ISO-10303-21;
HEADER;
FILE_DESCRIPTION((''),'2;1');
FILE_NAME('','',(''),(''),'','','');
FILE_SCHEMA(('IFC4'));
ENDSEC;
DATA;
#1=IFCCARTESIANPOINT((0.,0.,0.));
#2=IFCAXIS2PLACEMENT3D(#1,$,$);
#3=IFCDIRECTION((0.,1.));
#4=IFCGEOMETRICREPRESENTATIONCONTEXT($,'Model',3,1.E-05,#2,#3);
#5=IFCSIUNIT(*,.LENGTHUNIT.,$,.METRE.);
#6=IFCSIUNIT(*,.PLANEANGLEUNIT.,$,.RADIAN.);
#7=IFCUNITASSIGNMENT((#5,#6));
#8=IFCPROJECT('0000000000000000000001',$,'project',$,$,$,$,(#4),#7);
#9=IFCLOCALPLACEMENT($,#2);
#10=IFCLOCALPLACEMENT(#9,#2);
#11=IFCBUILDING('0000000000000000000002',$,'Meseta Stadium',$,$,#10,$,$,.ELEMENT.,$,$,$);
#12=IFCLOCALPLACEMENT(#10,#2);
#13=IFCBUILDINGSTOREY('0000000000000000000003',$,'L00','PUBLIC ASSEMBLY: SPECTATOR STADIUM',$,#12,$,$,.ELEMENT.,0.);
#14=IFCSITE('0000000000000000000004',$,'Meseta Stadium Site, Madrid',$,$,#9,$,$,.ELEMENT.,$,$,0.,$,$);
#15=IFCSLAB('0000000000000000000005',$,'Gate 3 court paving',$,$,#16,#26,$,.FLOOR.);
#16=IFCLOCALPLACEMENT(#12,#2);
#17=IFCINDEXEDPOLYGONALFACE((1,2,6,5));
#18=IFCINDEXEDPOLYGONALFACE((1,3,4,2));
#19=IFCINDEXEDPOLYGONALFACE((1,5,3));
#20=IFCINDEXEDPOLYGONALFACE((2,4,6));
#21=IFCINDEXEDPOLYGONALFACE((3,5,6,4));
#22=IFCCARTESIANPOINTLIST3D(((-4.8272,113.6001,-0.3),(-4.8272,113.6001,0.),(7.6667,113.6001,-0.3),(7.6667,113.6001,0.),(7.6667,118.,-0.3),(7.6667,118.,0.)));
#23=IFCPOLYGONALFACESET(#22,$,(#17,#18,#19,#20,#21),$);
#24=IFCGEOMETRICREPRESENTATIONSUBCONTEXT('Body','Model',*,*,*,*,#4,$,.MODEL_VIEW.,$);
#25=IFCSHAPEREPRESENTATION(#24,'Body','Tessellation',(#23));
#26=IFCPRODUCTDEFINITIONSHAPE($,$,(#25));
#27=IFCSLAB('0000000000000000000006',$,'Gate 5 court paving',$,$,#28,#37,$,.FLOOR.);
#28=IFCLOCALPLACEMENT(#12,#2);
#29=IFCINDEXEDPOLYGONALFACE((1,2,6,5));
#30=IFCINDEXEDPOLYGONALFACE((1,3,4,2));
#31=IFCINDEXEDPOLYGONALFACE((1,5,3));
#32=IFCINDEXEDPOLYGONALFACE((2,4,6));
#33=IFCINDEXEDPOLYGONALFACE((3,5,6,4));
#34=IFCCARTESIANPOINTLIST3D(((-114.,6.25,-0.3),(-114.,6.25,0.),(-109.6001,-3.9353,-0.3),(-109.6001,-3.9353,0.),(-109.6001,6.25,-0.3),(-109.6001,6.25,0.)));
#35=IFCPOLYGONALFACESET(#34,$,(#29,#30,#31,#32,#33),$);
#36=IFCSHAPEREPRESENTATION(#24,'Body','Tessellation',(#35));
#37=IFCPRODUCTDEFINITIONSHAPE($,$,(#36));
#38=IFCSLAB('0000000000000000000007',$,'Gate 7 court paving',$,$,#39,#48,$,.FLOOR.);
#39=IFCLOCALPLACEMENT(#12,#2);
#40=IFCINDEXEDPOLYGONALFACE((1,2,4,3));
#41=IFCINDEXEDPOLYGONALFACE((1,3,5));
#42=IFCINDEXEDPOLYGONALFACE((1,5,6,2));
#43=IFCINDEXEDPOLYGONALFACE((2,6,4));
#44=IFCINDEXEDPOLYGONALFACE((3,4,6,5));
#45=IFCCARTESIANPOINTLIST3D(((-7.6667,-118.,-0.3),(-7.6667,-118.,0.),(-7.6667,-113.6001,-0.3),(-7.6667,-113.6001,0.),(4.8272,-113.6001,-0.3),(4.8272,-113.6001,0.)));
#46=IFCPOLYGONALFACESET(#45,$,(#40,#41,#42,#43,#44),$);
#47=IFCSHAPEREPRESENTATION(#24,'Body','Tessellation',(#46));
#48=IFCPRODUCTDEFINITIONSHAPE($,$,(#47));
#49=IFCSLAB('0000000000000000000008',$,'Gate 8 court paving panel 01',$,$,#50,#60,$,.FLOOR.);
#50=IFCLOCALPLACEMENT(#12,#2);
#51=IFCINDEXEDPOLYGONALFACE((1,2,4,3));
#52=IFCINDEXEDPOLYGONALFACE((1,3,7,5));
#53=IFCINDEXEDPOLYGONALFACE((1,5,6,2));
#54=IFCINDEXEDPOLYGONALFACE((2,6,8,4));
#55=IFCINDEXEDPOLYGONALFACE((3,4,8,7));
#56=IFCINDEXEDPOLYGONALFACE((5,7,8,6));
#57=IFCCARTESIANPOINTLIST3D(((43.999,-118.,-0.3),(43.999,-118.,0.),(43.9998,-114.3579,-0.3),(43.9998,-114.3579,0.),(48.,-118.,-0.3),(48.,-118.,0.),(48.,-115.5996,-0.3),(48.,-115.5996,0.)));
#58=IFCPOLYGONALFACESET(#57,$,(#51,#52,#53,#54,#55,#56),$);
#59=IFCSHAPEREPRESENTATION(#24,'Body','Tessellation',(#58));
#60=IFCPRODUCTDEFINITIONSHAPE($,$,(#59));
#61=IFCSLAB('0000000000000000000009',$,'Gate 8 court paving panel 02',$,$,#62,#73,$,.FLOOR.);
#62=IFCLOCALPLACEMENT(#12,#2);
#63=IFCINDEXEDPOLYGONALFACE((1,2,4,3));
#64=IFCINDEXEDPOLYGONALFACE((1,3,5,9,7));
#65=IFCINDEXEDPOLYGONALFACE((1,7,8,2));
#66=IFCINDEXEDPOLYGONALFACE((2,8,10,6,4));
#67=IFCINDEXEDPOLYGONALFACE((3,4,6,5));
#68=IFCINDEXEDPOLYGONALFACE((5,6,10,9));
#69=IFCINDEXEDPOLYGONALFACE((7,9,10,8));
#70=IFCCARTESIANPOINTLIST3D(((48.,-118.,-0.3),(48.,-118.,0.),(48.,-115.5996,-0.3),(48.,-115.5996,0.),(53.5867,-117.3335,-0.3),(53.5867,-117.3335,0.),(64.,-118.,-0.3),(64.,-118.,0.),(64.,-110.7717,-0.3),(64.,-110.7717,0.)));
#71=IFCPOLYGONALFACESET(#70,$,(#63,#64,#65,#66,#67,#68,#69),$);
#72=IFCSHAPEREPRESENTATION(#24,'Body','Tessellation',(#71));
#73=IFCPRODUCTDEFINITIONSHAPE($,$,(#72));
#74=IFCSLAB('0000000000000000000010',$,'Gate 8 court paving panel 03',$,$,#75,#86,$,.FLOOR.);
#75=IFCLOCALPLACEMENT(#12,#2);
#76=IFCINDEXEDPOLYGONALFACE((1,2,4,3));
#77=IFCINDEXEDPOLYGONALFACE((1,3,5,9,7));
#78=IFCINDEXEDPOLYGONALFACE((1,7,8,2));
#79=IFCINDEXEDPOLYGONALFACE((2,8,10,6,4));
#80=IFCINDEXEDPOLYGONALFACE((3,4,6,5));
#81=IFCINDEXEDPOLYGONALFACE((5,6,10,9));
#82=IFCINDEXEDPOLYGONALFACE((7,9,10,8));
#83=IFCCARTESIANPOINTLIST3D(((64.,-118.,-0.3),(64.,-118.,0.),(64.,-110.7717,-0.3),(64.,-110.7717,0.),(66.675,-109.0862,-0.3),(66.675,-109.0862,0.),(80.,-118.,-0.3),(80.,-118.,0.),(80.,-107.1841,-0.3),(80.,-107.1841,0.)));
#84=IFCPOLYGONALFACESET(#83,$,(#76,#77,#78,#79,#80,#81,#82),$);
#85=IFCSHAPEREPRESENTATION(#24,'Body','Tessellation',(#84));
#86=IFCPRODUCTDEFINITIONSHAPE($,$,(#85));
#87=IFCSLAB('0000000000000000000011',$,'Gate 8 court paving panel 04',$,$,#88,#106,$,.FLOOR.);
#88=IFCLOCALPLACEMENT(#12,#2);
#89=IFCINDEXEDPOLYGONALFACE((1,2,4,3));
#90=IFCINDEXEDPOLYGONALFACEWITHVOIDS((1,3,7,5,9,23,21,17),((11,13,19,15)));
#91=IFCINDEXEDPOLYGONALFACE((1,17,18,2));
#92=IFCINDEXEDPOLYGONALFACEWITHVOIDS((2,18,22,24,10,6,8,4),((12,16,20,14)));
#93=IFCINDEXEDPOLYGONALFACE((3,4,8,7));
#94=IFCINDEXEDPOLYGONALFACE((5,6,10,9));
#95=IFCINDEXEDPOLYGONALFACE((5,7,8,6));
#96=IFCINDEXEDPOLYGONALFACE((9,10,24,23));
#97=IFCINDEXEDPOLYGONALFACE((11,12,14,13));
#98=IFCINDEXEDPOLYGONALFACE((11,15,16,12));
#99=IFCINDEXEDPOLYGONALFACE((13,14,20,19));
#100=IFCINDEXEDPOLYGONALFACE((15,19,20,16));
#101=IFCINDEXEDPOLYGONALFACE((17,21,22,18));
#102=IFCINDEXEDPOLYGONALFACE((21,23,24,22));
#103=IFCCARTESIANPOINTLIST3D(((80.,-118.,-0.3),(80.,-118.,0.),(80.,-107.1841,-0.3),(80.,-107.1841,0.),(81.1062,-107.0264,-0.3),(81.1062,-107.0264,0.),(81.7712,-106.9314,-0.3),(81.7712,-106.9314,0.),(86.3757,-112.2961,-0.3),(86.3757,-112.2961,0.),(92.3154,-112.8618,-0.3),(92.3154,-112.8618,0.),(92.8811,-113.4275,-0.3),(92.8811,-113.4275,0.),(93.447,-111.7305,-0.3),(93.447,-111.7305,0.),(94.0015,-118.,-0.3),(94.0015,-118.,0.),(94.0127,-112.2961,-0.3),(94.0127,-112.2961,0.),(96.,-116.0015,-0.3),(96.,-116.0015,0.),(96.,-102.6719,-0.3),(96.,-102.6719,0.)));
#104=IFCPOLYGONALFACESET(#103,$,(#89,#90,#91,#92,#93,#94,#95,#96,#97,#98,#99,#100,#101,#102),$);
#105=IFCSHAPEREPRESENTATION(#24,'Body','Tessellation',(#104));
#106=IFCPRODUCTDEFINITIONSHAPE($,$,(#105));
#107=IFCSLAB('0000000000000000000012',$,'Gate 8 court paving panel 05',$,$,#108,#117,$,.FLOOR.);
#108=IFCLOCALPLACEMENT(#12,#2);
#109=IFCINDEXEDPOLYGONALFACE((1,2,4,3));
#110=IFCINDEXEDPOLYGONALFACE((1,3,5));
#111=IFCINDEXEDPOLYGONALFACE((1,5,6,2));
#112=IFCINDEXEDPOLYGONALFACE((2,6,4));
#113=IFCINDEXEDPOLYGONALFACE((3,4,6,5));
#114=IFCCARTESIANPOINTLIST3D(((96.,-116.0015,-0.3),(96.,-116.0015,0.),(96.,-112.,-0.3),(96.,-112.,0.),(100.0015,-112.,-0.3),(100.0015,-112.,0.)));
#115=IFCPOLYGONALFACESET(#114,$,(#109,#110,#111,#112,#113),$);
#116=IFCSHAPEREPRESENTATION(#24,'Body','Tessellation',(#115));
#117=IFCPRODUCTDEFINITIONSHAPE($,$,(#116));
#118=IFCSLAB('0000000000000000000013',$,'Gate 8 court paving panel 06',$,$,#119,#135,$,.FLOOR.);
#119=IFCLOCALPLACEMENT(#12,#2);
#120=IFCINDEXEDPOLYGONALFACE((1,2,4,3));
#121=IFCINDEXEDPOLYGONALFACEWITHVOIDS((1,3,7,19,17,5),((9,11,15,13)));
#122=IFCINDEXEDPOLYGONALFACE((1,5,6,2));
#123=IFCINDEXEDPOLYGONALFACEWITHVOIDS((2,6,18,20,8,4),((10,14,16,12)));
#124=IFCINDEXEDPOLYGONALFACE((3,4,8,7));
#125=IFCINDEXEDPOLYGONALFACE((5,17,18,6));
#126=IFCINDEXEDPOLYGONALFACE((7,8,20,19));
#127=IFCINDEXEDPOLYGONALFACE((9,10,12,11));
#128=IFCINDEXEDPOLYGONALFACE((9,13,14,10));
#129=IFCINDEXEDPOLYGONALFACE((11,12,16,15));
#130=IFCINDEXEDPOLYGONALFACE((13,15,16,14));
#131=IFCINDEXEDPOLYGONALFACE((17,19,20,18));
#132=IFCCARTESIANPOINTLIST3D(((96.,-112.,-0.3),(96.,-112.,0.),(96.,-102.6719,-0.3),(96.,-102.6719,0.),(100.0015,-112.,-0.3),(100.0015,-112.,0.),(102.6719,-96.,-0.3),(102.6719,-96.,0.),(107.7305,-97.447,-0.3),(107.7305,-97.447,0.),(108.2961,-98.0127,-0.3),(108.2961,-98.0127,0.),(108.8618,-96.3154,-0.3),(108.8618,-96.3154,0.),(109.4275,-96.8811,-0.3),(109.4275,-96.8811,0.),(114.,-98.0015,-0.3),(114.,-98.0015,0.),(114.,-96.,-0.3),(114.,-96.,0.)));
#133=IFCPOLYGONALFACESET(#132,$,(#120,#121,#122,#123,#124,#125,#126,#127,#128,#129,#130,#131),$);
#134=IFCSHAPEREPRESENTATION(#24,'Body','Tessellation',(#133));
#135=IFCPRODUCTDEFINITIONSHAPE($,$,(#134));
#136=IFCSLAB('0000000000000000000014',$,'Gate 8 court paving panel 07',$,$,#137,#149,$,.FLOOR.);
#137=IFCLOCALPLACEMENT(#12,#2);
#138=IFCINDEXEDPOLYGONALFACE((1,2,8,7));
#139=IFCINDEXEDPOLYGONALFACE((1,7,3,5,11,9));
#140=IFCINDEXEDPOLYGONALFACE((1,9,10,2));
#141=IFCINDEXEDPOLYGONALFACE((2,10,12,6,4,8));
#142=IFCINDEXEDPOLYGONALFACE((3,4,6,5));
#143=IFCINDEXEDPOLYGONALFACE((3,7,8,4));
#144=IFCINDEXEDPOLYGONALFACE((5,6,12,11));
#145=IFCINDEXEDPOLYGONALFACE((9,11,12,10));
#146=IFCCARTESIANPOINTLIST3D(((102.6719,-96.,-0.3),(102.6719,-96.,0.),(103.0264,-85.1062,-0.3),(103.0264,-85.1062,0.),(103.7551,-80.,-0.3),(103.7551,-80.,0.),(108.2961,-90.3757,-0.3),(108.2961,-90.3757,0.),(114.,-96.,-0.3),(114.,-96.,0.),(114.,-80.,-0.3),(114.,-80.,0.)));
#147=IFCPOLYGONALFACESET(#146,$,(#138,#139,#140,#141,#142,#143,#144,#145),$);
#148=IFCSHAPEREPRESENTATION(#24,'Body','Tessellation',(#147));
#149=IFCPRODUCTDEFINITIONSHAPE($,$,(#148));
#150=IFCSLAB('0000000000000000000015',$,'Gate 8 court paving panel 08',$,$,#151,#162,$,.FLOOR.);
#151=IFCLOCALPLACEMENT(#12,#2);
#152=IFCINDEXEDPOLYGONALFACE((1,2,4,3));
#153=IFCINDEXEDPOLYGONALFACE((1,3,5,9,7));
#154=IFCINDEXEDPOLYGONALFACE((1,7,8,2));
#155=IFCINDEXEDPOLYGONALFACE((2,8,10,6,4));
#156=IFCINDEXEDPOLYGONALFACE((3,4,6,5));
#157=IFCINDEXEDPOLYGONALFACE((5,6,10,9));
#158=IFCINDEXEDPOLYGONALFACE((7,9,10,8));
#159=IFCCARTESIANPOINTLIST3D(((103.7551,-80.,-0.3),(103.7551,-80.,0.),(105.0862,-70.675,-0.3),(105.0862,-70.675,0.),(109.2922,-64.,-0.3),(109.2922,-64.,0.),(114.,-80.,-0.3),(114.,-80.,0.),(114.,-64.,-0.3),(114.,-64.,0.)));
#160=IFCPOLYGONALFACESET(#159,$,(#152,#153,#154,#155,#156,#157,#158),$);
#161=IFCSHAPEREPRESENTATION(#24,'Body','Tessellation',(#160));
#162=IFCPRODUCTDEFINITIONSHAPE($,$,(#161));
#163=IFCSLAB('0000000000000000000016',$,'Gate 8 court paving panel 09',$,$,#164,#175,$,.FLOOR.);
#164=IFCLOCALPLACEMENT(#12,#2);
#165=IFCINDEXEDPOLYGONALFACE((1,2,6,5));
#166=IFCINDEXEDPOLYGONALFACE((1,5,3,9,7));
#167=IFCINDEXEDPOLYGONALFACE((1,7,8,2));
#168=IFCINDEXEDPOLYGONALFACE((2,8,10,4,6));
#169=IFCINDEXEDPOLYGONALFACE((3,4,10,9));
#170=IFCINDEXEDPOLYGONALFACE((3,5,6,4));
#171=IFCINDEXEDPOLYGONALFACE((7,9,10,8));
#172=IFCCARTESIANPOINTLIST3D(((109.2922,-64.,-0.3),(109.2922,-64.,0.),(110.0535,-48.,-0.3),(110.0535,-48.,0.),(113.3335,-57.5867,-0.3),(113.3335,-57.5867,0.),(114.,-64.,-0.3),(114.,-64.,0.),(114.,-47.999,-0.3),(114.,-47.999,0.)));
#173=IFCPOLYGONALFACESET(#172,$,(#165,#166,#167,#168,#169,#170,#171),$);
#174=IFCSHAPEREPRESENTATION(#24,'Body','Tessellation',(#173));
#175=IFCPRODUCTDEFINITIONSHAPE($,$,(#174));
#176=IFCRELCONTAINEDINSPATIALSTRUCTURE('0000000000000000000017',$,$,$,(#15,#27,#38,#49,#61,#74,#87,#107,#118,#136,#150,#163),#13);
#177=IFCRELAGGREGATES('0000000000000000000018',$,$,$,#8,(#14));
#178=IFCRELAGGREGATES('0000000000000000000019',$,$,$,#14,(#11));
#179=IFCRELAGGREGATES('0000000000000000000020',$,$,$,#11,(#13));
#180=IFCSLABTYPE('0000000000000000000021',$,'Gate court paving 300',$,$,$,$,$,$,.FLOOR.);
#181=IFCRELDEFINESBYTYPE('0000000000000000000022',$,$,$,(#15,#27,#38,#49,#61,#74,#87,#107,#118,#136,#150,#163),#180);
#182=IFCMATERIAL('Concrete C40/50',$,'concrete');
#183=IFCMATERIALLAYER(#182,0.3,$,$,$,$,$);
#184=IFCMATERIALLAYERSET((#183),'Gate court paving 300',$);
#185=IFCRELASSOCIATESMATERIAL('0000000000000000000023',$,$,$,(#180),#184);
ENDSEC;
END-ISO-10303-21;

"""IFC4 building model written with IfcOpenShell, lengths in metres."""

from ifc_helpers import new_model, si_unit, direction, frame, origin, place, context, subcontext, project, spatial, polyline, outline, extrude, material, layer, layer_set, type_object, element, save


model = new_model("IFC4")

# Units and contexts
model_context = context("Model", 3, precision=1e-05, world=origin(), true_north=direction((0.0, 1.0)))
body_context = subcontext(model_context, "Body", "Model", "MODEL_VIEW")
ifc_project = project(units=[si_unit("LENGTHUNIT", "METRE"), si_unit("PLANEANGLEUNIT", "RADIAN")], contexts=[model_context])

# Site, building, storey
site_placement = place(None, origin())
site = spatial("IfcSite", under=ifc_project, at=site_placement, Name="Meseta Stadium Site, Madrid", CompositionType="ELEMENT", RefElevation=0.0)
building_placement = place(site_placement, origin())
building = spatial("IfcBuilding", under=site, at=building_placement, Name="Meseta Stadium", CompositionType="ELEMENT")
storey_placement = place(building_placement, origin())
storey = spatial("IfcBuildingStorey", under=building, at=storey_placement, Name="L00", Description="PUBLIC ASSEMBLY: SPECTATOR STADIUM", CompositionType="ELEMENT", Elevation=0.0)

# Slabs
ifc_material_1 = material(Name="Concrete C40/50", Category="concrete")
ifc_layer_1 = layer(ifc_material_1, 0.3)
ifc_layer_set_1 = layer_set([ifc_layer_1], Name="Gate court paving 300")
slab_type_1 = type_object("IfcSlabType", Name="Gate court paving 300", PredefinedType="FLOOR", material=ifc_layer_set_1)
slab_1_placement = place(storey_placement, frame((0.0, 0.0, -0.3)))
element("IfcSlab", 1, at=slab_1_placement, inside=storey, type_object=slab_type_1, Name="Gate 3 court paving", PredefinedType="FLOOR", context=body_context, shape_type="SweptSolid", body=[
    extrude(outline(polyline([(7.6667, 113.6001), (7.6667, 118.0), (-7.6667, 112.6001), (-4.8271, 113.6001), (7.6667, 113.6001)])), origin(), (0.0, 0.0, 1.0), 0.3),
])
slab_2_placement = place(storey_placement, frame((0.0, 0.0, -0.3)))
element("IfcSlab", 2, at=slab_2_placement, inside=storey, type_object=slab_type_1, Name="Gate 5 court paving", PredefinedType="FLOOR", context=body_context, shape_type="SweptSolid", body=[
    extrude(outline(polyline([(-109.6001, 6.25), (-114.0, 6.25), (-109.6001, -3.9353), (-109.6001, 6.25)])), origin(), (0.0, 0.0, 1.0), 0.3),
])
slab_3_placement = place(storey_placement, frame((0.0, 0.0, -0.3)))
element("IfcSlab", 3, at=slab_3_placement, inside=storey, type_object=slab_type_1, Name="Gate 7 court paving", PredefinedType="FLOOR", context=body_context, shape_type="SweptSolid", body=[
    extrude(outline(polyline([(-7.6667, -113.6001), (-7.6667, -118.0), (7.6667, -112.6001), (4.8271, -113.6001), (-7.6667, -113.6001)])), origin(), (0.0, 0.0, 1.0), 0.3),
])
slab_4_placement = place(storey_placement, frame((0.0, 0.0, -0.3)))
element("IfcSlab", 4, at=slab_4_placement, inside=storey, type_object=slab_type_1, Name="Gate 8 court paving panel 01", PredefinedType="FLOOR", context=body_context, shape_type="SweptSolid", body=[
    extrude(outline(polyline([(43.9998, -114.3579), (43.999, -118.0), (48.0, -118.0), (48.0, -115.5996), (43.9998, -114.3579)])), origin(), (0.0, 0.0, 1.0), 0.3),
])
slab_5_placement = place(storey_placement, frame((0.0, 0.0, -0.3)))
element("IfcSlab", 5, at=slab_5_placement, inside=storey, type_object=slab_type_1, Name="Gate 8 court paving panel 02", PredefinedType="FLOOR", context=body_context, shape_type="SweptSolid", body=[
    extrude(outline(polyline([(48.0, -118.0), (64.0, -118.0), (64.0, -110.7717), (53.5867, -117.3335), (48.0, -115.5996), (48.0, -118.0)])), origin(), (0.0, 0.0, 1.0), 0.3),
])
slab_6_placement = place(storey_placement, frame((0.0, 0.0, -0.3)))
element("IfcSlab", 6, at=slab_6_placement, inside=storey, type_object=slab_type_1, Name="Gate 8 court paving panel 03", PredefinedType="FLOOR", context=body_context, shape_type="SweptSolid", body=[
    extrude(outline(polyline([(64.0, -118.0), (80.0, -118.0), (80.0, -107.1841), (66.675, -109.0862), (64.0, -110.7717), (64.0, -118.0)])), origin(), (0.0, 0.0, 1.0), 0.3),
])
slab_7_placement = place(storey_placement, frame((0.0, 0.0, -0.3)))
element("IfcSlab", 7, at=slab_7_placement, inside=storey, type_object=slab_type_1, Name="Gate 8 court paving panel 04", PredefinedType="FLOOR", context=body_context, shape_type="SweptSolid", body=[
    extrude(outline(polyline([(96.0, -102.6719), (86.3757, -112.2961), (81.1062, -107.0264), (81.7712, -106.9314), (80.0, -107.1841), (80.0, -118.0), (94.0015, -118.0), (96.0, -116.0015), (96.0, -102.6719)]), holes=[polyline([(92.8811, -113.4275), (92.3154, -112.8618), (93.447, -111.7305), (94.0127, -112.2961), (92.8811, -113.4275)])]), origin(), (0.0, 0.0, 1.0), 0.3),
])
slab_8_placement = place(storey_placement, frame((0.0, 0.0, -0.3)))
element("IfcSlab", 8, at=slab_8_placement, inside=storey, type_object=slab_type_1, Name="Gate 8 court paving panel 05", PredefinedType="FLOOR", context=body_context, shape_type="SweptSolid", body=[
    extrude(outline(polyline([(96.0, -112.0), (96.0, -116.0015), (100.0015, -112.0), (96.0, -112.0)])), origin(), (0.0, 0.0, 1.0), 0.3),
])
slab_9_placement = place(storey_placement, frame((0.0, 0.0, -0.3)))
element("IfcSlab", 9, at=slab_9_placement, inside=storey, type_object=slab_type_1, Name="Gate 8 court paving panel 06", PredefinedType="FLOOR", context=body_context, shape_type="SweptSolid", body=[
    extrude(outline(polyline([(96.0, -112.0), (100.0015, -112.0), (114.0, -98.0015), (114.0, -96.0), (102.6719, -96.0), (96.0, -102.6719), (96.0, -112.0)]), holes=[polyline([(107.7305, -97.447), (108.8618, -96.3154), (109.4275, -96.8811), (108.2961, -98.0127), (107.7305, -97.447)])]), origin(), (0.0, 0.0, 1.0), 0.3),
])
slab_10_placement = place(storey_placement, frame((0.0, 0.0, -0.3)))
element("IfcSlab", 10, at=slab_10_placement, inside=storey, type_object=slab_type_1, Name="Gate 8 court paving panel 07", PredefinedType="FLOOR", context=body_context, shape_type="SweptSolid", body=[
    extrude(outline(polyline([(114.0, -80.0), (103.7551, -80.0), (103.0264, -85.1062), (108.2961, -90.3757), (102.6719, -96.0), (114.0, -96.0), (114.0, -80.0)])), origin(), (0.0, 0.0, 1.0), 0.3),
])
slab_11_placement = place(storey_placement, frame((0.0, 0.0, -0.3)))
element("IfcSlab", 11, at=slab_11_placement, inside=storey, type_object=slab_type_1, Name="Gate 8 court paving panel 08", PredefinedType="FLOOR", context=body_context, shape_type="SweptSolid", body=[
    extrude(outline(polyline([(114.0, -64.0), (109.2922, -64.0), (105.0862, -70.675), (103.7551, -80.0), (114.0, -80.0), (114.0, -64.0)])), origin(), (0.0, 0.0, 1.0), 0.3),
])
slab_12_placement = place(storey_placement, frame((0.0, 0.0, -0.3)))
element("IfcSlab", 12, at=slab_12_placement, inside=storey, type_object=slab_type_1, Name="Gate 8 court paving panel 09", PredefinedType="FLOOR", context=body_context, shape_type="SweptSolid", body=[
    extrude(outline(polyline([(113.3335, -57.5867), (109.2922, -64.0), (114.0, -64.0), (114.0, -47.999), (110.0535, -48.0), (113.3335, -57.5867)])), origin(), (0.0, 0.0, 1.0), 0.3),
])

save(model, "model.ifc")
